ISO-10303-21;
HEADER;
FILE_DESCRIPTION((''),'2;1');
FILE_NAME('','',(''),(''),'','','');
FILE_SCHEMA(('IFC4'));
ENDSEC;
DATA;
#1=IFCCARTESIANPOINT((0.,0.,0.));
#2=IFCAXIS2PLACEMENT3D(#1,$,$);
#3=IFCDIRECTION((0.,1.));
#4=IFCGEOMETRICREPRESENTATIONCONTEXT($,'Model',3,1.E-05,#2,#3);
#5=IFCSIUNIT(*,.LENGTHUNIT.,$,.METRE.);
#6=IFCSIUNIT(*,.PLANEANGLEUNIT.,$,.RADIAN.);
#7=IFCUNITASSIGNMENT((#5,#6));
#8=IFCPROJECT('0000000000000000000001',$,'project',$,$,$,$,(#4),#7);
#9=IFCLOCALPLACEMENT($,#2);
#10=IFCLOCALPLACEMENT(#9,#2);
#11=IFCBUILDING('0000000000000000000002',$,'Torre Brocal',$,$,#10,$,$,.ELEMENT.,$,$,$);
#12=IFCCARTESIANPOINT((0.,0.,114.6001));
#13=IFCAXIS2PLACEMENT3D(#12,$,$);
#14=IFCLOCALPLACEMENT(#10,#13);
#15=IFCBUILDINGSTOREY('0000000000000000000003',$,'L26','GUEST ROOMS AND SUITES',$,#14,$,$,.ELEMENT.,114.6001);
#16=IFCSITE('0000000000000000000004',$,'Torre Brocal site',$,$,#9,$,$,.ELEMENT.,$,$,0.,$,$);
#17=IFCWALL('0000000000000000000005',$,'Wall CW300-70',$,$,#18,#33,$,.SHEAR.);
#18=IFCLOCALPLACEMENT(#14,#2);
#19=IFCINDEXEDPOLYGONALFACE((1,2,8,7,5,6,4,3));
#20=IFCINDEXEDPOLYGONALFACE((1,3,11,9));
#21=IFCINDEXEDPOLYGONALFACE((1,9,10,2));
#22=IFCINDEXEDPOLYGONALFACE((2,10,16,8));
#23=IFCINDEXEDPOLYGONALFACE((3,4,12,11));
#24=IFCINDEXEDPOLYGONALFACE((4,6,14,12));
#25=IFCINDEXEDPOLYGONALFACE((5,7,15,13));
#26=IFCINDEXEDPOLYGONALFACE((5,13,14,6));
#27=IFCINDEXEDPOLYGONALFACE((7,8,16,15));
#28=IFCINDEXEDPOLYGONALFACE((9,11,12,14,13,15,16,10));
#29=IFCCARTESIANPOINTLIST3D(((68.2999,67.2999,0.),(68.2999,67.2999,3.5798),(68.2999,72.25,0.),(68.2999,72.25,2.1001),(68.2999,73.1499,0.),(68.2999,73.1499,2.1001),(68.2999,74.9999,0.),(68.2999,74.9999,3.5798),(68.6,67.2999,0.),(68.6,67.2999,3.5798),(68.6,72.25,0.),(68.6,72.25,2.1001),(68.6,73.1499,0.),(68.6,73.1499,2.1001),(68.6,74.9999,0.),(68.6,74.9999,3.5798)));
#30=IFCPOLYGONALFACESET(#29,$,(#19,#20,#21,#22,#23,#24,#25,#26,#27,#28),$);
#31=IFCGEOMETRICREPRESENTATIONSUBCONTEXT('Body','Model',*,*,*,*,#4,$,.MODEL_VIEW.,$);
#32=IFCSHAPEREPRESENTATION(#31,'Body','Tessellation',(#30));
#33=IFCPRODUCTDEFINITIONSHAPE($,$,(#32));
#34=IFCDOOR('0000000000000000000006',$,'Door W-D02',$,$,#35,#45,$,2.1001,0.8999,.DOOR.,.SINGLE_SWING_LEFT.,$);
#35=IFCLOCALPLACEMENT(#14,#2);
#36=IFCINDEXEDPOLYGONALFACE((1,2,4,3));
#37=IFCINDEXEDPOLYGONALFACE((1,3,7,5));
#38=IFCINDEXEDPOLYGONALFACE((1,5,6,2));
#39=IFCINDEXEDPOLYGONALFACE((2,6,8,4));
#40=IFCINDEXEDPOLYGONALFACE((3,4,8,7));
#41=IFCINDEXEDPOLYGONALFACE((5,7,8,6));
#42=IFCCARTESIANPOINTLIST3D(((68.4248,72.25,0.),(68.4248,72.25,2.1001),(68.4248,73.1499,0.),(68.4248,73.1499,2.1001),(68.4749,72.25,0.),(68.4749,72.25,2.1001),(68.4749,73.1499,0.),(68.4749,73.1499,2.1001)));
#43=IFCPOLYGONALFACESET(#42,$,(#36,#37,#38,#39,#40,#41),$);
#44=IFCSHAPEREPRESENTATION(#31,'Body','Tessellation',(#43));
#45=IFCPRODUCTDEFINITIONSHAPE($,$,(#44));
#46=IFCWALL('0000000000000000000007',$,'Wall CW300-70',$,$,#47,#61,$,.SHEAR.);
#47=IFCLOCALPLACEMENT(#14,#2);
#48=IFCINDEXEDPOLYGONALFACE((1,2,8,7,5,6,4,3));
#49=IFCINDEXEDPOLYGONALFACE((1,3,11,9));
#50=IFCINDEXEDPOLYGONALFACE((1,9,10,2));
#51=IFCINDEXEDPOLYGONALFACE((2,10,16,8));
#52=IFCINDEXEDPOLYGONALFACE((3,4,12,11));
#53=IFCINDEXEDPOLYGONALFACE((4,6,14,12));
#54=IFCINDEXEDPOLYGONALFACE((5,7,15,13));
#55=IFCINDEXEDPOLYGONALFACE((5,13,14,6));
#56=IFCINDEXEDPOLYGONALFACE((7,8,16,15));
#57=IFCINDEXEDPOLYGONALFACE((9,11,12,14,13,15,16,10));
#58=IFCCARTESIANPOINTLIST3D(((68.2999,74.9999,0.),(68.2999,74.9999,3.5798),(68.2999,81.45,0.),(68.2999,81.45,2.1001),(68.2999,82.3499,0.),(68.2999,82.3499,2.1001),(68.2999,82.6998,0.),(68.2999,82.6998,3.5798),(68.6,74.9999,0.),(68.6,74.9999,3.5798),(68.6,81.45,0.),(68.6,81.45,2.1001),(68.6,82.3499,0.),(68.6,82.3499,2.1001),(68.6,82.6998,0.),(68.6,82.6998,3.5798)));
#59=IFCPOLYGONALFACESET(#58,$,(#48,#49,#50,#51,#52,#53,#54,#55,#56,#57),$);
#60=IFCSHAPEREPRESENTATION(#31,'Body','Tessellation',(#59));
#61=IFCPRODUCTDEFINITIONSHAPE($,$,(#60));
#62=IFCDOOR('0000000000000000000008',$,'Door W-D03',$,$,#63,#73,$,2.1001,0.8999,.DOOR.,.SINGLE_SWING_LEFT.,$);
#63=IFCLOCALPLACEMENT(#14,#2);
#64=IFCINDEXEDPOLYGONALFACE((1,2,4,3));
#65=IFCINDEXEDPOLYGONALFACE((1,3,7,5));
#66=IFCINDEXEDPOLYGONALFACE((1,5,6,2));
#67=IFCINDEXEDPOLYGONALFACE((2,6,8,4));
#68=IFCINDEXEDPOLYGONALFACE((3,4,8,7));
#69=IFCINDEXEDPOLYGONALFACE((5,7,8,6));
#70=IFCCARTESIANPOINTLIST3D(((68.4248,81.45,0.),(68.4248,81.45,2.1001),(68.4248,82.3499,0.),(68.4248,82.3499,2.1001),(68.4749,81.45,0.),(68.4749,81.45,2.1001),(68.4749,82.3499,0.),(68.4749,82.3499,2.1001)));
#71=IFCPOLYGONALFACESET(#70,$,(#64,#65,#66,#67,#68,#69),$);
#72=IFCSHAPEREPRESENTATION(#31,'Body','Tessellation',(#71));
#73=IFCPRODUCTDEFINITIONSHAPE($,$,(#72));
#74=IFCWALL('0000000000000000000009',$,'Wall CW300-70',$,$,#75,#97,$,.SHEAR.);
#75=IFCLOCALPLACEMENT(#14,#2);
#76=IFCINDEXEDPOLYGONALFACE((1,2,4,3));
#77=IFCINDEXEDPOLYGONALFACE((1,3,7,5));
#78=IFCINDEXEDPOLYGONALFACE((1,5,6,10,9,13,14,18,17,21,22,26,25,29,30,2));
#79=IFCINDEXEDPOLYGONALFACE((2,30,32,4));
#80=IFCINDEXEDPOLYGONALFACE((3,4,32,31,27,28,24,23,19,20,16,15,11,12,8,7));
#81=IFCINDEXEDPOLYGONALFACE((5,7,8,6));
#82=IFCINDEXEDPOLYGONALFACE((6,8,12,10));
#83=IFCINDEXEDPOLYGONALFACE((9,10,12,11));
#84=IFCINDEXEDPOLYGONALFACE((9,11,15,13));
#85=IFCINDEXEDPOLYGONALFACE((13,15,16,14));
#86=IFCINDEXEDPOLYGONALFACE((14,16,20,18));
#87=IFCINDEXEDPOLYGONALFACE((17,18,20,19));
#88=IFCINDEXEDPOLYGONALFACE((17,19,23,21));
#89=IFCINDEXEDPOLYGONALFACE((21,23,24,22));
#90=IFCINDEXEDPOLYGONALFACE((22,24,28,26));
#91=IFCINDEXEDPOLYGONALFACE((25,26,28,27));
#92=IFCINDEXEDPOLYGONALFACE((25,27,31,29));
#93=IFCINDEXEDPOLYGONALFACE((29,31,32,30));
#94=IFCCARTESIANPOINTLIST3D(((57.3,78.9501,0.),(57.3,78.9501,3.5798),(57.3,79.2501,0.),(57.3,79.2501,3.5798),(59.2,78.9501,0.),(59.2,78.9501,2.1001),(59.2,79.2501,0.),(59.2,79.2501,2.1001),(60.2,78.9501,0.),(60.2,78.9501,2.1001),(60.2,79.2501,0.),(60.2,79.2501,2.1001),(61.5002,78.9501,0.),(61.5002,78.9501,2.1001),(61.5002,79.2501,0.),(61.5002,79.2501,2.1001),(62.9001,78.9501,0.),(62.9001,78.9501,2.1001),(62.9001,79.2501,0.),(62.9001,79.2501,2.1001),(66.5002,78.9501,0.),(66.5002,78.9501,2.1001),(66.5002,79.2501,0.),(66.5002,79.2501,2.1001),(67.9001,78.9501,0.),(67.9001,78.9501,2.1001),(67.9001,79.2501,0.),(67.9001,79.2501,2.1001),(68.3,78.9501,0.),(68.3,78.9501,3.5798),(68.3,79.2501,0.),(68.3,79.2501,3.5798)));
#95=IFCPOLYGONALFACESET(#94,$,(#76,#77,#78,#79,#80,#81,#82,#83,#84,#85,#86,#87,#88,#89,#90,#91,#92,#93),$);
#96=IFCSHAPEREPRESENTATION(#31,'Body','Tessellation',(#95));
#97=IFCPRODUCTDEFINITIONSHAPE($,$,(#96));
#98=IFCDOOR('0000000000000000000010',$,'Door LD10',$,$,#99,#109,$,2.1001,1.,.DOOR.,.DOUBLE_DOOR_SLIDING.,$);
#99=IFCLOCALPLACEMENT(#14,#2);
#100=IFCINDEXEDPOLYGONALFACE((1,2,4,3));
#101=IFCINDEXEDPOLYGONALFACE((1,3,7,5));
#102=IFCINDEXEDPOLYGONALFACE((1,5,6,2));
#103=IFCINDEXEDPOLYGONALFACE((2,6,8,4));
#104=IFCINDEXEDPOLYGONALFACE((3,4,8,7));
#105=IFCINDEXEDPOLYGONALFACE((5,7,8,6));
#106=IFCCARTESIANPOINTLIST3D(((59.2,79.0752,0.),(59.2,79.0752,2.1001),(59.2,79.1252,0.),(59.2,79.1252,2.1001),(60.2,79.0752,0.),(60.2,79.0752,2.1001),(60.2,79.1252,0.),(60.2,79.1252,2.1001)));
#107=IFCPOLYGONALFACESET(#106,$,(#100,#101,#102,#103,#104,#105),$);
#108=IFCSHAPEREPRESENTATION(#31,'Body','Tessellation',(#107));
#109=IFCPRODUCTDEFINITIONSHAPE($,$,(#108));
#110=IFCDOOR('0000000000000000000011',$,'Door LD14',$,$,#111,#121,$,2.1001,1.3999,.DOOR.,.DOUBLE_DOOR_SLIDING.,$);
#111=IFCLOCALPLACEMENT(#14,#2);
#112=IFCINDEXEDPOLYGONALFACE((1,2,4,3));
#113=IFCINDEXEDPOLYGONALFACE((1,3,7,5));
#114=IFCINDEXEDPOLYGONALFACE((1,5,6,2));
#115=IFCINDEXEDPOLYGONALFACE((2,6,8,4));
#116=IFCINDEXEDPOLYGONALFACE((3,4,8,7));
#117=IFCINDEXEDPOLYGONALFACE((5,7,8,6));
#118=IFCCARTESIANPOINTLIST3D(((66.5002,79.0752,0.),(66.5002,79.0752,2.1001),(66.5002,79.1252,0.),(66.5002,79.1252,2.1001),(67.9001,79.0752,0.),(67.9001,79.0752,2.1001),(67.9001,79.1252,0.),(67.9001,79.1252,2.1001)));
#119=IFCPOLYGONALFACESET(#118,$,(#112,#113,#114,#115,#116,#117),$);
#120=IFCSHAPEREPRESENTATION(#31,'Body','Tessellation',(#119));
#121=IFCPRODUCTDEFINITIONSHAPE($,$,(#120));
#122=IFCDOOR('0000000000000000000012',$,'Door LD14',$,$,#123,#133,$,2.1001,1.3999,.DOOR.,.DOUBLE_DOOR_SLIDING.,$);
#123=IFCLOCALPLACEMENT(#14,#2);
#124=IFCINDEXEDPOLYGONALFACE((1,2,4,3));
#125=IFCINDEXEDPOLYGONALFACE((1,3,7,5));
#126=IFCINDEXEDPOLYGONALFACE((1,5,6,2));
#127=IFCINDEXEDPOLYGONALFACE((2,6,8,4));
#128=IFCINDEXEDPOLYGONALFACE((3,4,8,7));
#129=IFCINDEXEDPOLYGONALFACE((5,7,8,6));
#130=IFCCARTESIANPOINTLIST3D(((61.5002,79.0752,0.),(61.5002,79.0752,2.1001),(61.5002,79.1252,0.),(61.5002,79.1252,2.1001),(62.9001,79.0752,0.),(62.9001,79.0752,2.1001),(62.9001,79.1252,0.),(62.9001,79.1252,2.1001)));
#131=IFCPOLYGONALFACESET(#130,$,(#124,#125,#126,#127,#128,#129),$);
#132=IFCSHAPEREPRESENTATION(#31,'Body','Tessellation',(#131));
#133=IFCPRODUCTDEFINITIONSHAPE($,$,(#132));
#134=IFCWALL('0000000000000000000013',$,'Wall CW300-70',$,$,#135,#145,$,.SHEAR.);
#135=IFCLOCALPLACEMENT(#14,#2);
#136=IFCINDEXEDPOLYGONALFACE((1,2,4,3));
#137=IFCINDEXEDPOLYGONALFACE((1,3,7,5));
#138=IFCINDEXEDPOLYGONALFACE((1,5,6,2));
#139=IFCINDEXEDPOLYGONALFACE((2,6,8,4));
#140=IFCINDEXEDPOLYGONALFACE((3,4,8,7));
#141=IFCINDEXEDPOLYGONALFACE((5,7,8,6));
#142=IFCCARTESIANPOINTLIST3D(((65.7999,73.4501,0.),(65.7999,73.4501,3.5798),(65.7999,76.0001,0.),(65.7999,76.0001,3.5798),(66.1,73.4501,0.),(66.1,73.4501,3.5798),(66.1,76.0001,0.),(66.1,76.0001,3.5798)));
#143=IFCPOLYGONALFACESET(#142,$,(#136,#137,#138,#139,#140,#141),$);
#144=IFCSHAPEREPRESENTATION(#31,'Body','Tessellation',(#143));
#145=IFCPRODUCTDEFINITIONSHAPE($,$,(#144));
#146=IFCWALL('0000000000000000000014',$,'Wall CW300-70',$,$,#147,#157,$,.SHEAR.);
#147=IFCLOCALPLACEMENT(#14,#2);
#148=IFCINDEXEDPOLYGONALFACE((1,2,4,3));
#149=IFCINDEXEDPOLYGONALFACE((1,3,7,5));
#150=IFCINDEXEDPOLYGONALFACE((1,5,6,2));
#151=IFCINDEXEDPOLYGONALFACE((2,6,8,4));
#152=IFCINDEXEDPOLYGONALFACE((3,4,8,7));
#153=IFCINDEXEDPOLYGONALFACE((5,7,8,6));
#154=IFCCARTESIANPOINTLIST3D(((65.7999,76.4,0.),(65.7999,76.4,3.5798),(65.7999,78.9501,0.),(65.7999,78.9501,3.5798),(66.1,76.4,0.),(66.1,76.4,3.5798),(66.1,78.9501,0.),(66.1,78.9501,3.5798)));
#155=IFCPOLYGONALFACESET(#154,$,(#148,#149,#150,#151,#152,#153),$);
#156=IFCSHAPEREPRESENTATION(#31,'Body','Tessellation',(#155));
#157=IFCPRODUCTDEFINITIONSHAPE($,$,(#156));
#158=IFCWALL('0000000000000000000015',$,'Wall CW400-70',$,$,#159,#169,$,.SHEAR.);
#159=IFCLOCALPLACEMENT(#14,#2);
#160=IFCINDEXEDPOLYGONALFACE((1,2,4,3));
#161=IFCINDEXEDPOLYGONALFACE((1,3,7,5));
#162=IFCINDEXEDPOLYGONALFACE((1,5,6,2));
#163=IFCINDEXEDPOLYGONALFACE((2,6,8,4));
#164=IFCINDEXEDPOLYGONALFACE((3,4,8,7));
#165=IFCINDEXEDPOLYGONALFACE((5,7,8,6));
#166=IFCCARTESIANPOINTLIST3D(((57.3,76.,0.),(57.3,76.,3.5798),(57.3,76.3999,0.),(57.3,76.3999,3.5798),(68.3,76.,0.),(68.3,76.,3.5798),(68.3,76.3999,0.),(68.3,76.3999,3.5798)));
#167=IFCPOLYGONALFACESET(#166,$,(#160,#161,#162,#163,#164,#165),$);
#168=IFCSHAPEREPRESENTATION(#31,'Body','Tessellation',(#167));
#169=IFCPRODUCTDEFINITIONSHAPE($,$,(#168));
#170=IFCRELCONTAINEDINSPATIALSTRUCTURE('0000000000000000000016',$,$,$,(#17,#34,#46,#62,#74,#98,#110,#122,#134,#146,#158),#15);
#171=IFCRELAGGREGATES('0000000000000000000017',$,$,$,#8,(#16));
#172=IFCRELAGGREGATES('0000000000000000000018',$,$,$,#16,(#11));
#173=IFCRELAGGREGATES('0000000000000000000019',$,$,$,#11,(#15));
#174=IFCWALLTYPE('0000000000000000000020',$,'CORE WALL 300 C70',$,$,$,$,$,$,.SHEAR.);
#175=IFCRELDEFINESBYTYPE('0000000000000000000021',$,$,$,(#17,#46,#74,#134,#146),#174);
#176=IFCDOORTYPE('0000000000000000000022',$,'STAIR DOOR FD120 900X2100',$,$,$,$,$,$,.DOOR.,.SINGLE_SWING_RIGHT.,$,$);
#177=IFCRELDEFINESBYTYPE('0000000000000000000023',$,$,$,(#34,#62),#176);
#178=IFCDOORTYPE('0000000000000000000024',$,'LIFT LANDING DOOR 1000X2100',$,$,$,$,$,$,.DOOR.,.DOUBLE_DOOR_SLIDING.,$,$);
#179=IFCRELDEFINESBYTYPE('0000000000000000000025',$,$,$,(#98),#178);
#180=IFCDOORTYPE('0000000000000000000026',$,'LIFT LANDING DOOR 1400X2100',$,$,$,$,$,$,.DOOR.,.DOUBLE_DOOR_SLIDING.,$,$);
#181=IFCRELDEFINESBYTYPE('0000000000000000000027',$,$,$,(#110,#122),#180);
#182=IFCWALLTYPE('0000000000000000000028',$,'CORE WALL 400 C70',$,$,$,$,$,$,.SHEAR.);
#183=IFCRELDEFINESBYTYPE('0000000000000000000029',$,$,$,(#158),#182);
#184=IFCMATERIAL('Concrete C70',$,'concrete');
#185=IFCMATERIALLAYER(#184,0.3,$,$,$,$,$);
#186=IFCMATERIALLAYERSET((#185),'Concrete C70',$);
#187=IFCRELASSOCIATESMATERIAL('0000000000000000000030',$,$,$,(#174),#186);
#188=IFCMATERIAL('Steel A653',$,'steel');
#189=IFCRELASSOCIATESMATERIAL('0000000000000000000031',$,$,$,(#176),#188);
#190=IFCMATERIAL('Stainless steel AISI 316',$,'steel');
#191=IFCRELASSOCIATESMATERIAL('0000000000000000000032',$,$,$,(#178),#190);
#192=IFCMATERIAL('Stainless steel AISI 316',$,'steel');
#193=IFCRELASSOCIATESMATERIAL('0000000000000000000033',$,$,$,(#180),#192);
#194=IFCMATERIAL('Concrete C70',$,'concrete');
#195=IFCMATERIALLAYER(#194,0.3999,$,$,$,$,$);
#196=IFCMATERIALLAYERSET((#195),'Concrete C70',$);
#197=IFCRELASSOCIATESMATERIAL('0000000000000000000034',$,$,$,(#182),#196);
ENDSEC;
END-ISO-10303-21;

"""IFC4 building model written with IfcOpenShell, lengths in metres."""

from ifc_helpers import new_model, si_unit, direction, frame, frame_2d, origin, place, context, subcontext, project, spatial, rectangle, extrude, material, layer, layer_set, type_object, element, fill, save


model = new_model("IFC4")

# Units and contexts
model_context = context("Model", 3, precision=1e-05, world=origin(), true_north=direction((0.0, 1.0)))
body_context = subcontext(model_context, "Body", "Model", "MODEL_VIEW")
ifc_project = project(units=[si_unit("LENGTHUNIT", "METRE"), si_unit("PLANEANGLEUNIT", "RADIAN")], contexts=[model_context])

# Site, building, storey
site_placement = place(None, origin())
site = spatial("IfcSite", under=ifc_project, at=site_placement, Name="Torre Brocal site", CompositionType="ELEMENT", RefElevation=0.0)
building_placement = place(site_placement, origin())
building = spatial("IfcBuilding", under=site, at=building_placement, Name="Torre Brocal", CompositionType="ELEMENT")
storey_placement = place(building_placement, frame((0.0, 0.0, 114.6001)))
storey = spatial("IfcBuildingStorey", under=building, at=storey_placement, Name="L26", Description="GUEST ROOMS AND SUITES", CompositionType="ELEMENT", Elevation=114.6001)

# Walls, openings, doors
ifc_material_1 = material(Name="Concrete C70", Category="concrete")
ifc_layer_1 = layer(ifc_material_1, 0.3)
ifc_layer_set_1 = layer_set([ifc_layer_1], Name="Concrete C70")
wall_type_1 = type_object("IfcWallType", Name="CORE WALL 300 C70", PredefinedType="SHEAR", material=ifc_layer_set_1)
wall_1_placement = place(storey_placement, frame((68.45, 75.0, 0.0), z_axis=(0.0, 0.0, 1.0), x_axis=(0.0, -1.0, 0.0)))
wall_1 = element("IfcWall", 1, at=wall_1_placement, inside=storey, type_object=wall_type_1, Name="Wall CW300-70", PredefinedType="SHEAR", context=body_context, shape_type="SweptSolid", body=[
    extrude(rectangle(XDim=7.7, YDim=0.3, at=frame_2d((3.8501, 0.0))), origin(), (0.0, 0.0, 1.0), 3.5798),
])
opening_1_placement = place(wall_1_placement, frame((1.8501, 0.0, 0.0)))
opening_1 = element("IfcOpeningElement", 2, at=opening_1_placement, cuts=wall_1, PredefinedType="OPENING", context=body_context, shape_type="SweptSolid", body=[
    extrude(rectangle(XDim=0.8999, YDim=2.1001, at=frame_2d((0.45, 1.05))), frame((0.0, 0.1599, 0.0), z_axis=(0.0, -1.0, 0.0), x_axis=(1.0, 0.0, 0.0)), (0.0, 0.0, 1.0), 0.3201),
])
ifc_material_2 = material(Name="Steel A653", Category="steel")
door_type_1 = type_object("IfcDoorType", Name="STAIR DOOR FD120 900X2100", OperationType="SINGLE_SWING_RIGHT", PredefinedType="DOOR", material=ifc_material_2)
door_1_placement = place(opening_1_placement, origin())
door_1 = element("IfcDoor", 3, at=door_1_placement, inside=storey, type_object=door_type_1, Name="Door W-D02", OperationType="SINGLE_SWING_LEFT", OverallHeight=2.1001, OverallWidth=0.8999, PredefinedType="DOOR", context=body_context, shape_type="SweptSolid", body=[
    extrude(rectangle(XDim=0.8999, YDim=2.1001, at=frame_2d((0.45, 1.05))), frame((0.0, 0.0249, 0.0), z_axis=(0.0, -1.0, 0.0), x_axis=(1.0, 0.0, 0.0)), (0.0, 0.0, 1.0), 0.05),
])
fill(opening_1, door_1)
wall_2_placement = place(storey_placement, frame((68.45, 82.7, 0.0), z_axis=(0.0, 0.0, 1.0), x_axis=(0.0, -1.0, 0.0)))
wall_2 = element("IfcWall", 4, at=wall_2_placement, inside=storey, type_object=wall_type_1, Name="Wall CW300-70", PredefinedType="SHEAR", context=body_context, shape_type="SweptSolid", body=[
    extrude(rectangle(XDim=7.7, YDim=0.3, at=frame_2d((3.8501, 0.0))), origin(), (0.0, 0.0, 1.0), 3.5798),
])
opening_2_placement = place(wall_2_placement, frame((0.3501, 0.0, 0.0)))
opening_2 = element("IfcOpeningElement", 5, at=opening_2_placement, cuts=wall_2, PredefinedType="OPENING", context=body_context, shape_type="SweptSolid", body=[
    extrude(rectangle(XDim=0.8999, YDim=2.1001, at=frame_2d((0.45, 1.05))), frame((0.0, 0.1599, 0.0), z_axis=(0.0, -1.0, 0.0), x_axis=(1.0, 0.0, 0.0)), (0.0, 0.0, 1.0), 0.3201),
])
door_2_placement = place(opening_2_placement, origin())
door_2 = element("IfcDoor", 6, at=door_2_placement, inside=storey, type_object=door_type_1, Name="Door W-D03", OperationType="SINGLE_SWING_LEFT", OverallHeight=2.1001, OverallWidth=0.8999, PredefinedType="DOOR", context=body_context, shape_type="SweptSolid", body=[
    extrude(rectangle(XDim=0.8999, YDim=2.1001, at=frame_2d((0.45, 1.05))), frame((0.0, 0.0249, 0.0), z_axis=(0.0, -1.0, 0.0), x_axis=(1.0, 0.0, 0.0)), (0.0, 0.0, 1.0), 0.05),
])
fill(opening_2, door_2)

# Wall, openings, doors
wall_3_placement = place(storey_placement, frame((68.3, 79.1001, 0.0), z_axis=(0.0, 0.0, 1.0), x_axis=(-1.0, 0.0, 0.0)))
wall_3 = element("IfcWall", 7, at=wall_3_placement, inside=storey, type_object=wall_type_1, Name="Wall CW300-70", PredefinedType="SHEAR", context=body_context, shape_type="SweptSolid", body=[
    extrude(rectangle(XDim=11.0, YDim=0.3, at=frame_2d((5.5, 0.0))), origin(), (0.0, 0.0, 1.0), 3.5798),
])
opening_3_placement = place(wall_3_placement, frame((0.3999, 0.0, 0.0)))
opening_3 = element("IfcOpeningElement", 8, at=opening_3_placement, cuts=wall_3, PredefinedType="OPENING", context=body_context, shape_type="SweptSolid", body=[
    extrude(rectangle(XDim=1.3999, YDim=2.1001, at=frame_2d((0.7, 1.05))), frame((0.0, 0.1599, 0.0), z_axis=(0.0, -1.0, 0.0), x_axis=(1.0, 0.0, 0.0)), (0.0, 0.0, 1.0), 0.3201),
])
opening_4_placement = place(wall_3_placement, frame((5.3999, 0.0, 0.0)))
opening_4 = element("IfcOpeningElement", 9, at=opening_4_placement, cuts=wall_3, PredefinedType="OPENING", context=body_context, shape_type="SweptSolid", body=[
    extrude(rectangle(XDim=1.3999, YDim=2.1001, at=frame_2d((0.7, 1.05))), frame((0.0, 0.1599, 0.0), z_axis=(0.0, -1.0, 0.0), x_axis=(1.0, 0.0, 0.0)), (0.0, 0.0, 1.0), 0.3201),
])
opening_5_placement = place(wall_3_placement, frame((8.1001, 0.0, 0.0)))
opening_5 = element("IfcOpeningElement", 10, at=opening_5_placement, cuts=wall_3, PredefinedType="OPENING", context=body_context, shape_type="SweptSolid", body=[
    extrude(rectangle(XDim=1.0, YDim=2.1001, at=frame_2d((0.5, 1.05))), frame((0.0, 0.1599, 0.0), z_axis=(0.0, -1.0, 0.0), x_axis=(1.0, 0.0, 0.0)), (0.0, 0.0, 1.0), 0.3201),
])
ifc_material_3 = material(Name="Stainless steel AISI 316", Category="steel")
door_type_2 = type_object("IfcDoorType", Name="LIFT LANDING DOOR 1000X2100", OperationType="DOUBLE_DOOR_SLIDING", PredefinedType="DOOR", material=ifc_material_3)
door_3_placement = place(opening_5_placement, origin())
door_3 = element("IfcDoor", 11, at=door_3_placement, inside=storey, type_object=door_type_2, Name="Door LD10", OperationType="DOUBLE_DOOR_SLIDING", OverallHeight=2.1001, OverallWidth=1.0, PredefinedType="DOOR", context=body_context, shape_type="SweptSolid", body=[
    extrude(rectangle(XDim=1.0, YDim=2.1001, at=frame_2d((0.5, 1.05))), frame((0.0, 0.0249, 0.0), z_axis=(0.0, -1.0, 0.0), x_axis=(1.0, 0.0, 0.0)), (0.0, 0.0, 1.0), 0.05),
])
fill(opening_5, door_3)
ifc_material_4 = material(Name="Stainless steel AISI 316", Category="steel")
door_type_3 = type_object("IfcDoorType", Name="LIFT LANDING DOOR 1400X2100", OperationType="DOUBLE_DOOR_SLIDING", PredefinedType="DOOR", material=ifc_material_4)
door_4_placement = place(opening_3_placement, origin())
door_4 = element("IfcDoor", 12, at=door_4_placement, inside=storey, type_object=door_type_3, Name="Door LD14", OperationType="DOUBLE_DOOR_SLIDING", OverallHeight=2.1001, OverallWidth=1.3999, PredefinedType="DOOR", context=body_context, shape_type="SweptSolid", body=[
    extrude(rectangle(XDim=1.3999, YDim=2.1001, at=frame_2d((0.7, 1.05))), frame((0.0, 0.0249, 0.0), z_axis=(0.0, -1.0, 0.0), x_axis=(1.0, 0.0, 0.0)), (0.0, 0.0, 1.0), 0.05),
])
fill(opening_3, door_4)
door_5_placement = place(opening_4_placement, origin())
door_5 = element("IfcDoor", 13, at=door_5_placement, inside=storey, type_object=door_type_3, Name="Door LD14", OperationType="DOUBLE_DOOR_SLIDING", OverallHeight=2.1001, OverallWidth=1.3999, PredefinedType="DOOR", context=body_context, shape_type="SweptSolid", body=[
    extrude(rectangle(XDim=1.3999, YDim=2.1001, at=frame_2d((0.7, 1.05))), frame((0.0, 0.0249, 0.0), z_axis=(0.0, -1.0, 0.0), x_axis=(1.0, 0.0, 0.0)), (0.0, 0.0, 1.0), 0.05),
])
fill(opening_4, door_5)

# Walls
for number, where, z_axis, x_axis, name in (
    (14, (65.95, 76.0, 0.0), (0.0, 0.0, 1.0), (0.0, -1.0, 0.0), "Wall CW300-70"),
    (15, (65.95, 78.95, 0.0), (0.0, 0.0, 1.0), (0.0, -1.0, 0.0), "Wall CW300-70"),
):
    element("IfcWall", number, at=place(storey_placement, frame(where, z_axis=z_axis, x_axis=x_axis)), inside=storey, type_object=wall_type_1, Name=name, PredefinedType="SHEAR", context=body_context, shape_type="SweptSolid", body=[
        extrude(rectangle(XDim=2.55, YDim=0.3, at=frame_2d((1.2749, 0.0))), origin(), (0.0, 0.0, 1.0), 3.5798),
    ])
ifc_material_5 = material(Name="Concrete C70", Category="concrete")
ifc_layer_2 = layer(ifc_material_5, 0.3999)
ifc_layer_set_2 = layer_set([ifc_layer_2], Name="Concrete C70")
wall_type_2 = type_object("IfcWallType", Name="CORE WALL 400 C70", PredefinedType="SHEAR", material=ifc_layer_set_2)
wall_4_placement = place(storey_placement, frame((68.3, 76.2, 0.0), z_axis=(0.0, 0.0, 1.0), x_axis=(-1.0, 0.0, 0.0)))
element("IfcWall", 16, at=wall_4_placement, inside=storey, type_object=wall_type_2, Name="Wall CW400-70", PredefinedType="SHEAR", context=body_context, shape_type="SweptSolid", body=[
    extrude(rectangle(XDim=11.0, YDim=0.3999, at=frame_2d((5.5, 0.0))), origin(), (0.0, 0.0, 1.0), 3.5798),
])

save(model, "model.ifc")
